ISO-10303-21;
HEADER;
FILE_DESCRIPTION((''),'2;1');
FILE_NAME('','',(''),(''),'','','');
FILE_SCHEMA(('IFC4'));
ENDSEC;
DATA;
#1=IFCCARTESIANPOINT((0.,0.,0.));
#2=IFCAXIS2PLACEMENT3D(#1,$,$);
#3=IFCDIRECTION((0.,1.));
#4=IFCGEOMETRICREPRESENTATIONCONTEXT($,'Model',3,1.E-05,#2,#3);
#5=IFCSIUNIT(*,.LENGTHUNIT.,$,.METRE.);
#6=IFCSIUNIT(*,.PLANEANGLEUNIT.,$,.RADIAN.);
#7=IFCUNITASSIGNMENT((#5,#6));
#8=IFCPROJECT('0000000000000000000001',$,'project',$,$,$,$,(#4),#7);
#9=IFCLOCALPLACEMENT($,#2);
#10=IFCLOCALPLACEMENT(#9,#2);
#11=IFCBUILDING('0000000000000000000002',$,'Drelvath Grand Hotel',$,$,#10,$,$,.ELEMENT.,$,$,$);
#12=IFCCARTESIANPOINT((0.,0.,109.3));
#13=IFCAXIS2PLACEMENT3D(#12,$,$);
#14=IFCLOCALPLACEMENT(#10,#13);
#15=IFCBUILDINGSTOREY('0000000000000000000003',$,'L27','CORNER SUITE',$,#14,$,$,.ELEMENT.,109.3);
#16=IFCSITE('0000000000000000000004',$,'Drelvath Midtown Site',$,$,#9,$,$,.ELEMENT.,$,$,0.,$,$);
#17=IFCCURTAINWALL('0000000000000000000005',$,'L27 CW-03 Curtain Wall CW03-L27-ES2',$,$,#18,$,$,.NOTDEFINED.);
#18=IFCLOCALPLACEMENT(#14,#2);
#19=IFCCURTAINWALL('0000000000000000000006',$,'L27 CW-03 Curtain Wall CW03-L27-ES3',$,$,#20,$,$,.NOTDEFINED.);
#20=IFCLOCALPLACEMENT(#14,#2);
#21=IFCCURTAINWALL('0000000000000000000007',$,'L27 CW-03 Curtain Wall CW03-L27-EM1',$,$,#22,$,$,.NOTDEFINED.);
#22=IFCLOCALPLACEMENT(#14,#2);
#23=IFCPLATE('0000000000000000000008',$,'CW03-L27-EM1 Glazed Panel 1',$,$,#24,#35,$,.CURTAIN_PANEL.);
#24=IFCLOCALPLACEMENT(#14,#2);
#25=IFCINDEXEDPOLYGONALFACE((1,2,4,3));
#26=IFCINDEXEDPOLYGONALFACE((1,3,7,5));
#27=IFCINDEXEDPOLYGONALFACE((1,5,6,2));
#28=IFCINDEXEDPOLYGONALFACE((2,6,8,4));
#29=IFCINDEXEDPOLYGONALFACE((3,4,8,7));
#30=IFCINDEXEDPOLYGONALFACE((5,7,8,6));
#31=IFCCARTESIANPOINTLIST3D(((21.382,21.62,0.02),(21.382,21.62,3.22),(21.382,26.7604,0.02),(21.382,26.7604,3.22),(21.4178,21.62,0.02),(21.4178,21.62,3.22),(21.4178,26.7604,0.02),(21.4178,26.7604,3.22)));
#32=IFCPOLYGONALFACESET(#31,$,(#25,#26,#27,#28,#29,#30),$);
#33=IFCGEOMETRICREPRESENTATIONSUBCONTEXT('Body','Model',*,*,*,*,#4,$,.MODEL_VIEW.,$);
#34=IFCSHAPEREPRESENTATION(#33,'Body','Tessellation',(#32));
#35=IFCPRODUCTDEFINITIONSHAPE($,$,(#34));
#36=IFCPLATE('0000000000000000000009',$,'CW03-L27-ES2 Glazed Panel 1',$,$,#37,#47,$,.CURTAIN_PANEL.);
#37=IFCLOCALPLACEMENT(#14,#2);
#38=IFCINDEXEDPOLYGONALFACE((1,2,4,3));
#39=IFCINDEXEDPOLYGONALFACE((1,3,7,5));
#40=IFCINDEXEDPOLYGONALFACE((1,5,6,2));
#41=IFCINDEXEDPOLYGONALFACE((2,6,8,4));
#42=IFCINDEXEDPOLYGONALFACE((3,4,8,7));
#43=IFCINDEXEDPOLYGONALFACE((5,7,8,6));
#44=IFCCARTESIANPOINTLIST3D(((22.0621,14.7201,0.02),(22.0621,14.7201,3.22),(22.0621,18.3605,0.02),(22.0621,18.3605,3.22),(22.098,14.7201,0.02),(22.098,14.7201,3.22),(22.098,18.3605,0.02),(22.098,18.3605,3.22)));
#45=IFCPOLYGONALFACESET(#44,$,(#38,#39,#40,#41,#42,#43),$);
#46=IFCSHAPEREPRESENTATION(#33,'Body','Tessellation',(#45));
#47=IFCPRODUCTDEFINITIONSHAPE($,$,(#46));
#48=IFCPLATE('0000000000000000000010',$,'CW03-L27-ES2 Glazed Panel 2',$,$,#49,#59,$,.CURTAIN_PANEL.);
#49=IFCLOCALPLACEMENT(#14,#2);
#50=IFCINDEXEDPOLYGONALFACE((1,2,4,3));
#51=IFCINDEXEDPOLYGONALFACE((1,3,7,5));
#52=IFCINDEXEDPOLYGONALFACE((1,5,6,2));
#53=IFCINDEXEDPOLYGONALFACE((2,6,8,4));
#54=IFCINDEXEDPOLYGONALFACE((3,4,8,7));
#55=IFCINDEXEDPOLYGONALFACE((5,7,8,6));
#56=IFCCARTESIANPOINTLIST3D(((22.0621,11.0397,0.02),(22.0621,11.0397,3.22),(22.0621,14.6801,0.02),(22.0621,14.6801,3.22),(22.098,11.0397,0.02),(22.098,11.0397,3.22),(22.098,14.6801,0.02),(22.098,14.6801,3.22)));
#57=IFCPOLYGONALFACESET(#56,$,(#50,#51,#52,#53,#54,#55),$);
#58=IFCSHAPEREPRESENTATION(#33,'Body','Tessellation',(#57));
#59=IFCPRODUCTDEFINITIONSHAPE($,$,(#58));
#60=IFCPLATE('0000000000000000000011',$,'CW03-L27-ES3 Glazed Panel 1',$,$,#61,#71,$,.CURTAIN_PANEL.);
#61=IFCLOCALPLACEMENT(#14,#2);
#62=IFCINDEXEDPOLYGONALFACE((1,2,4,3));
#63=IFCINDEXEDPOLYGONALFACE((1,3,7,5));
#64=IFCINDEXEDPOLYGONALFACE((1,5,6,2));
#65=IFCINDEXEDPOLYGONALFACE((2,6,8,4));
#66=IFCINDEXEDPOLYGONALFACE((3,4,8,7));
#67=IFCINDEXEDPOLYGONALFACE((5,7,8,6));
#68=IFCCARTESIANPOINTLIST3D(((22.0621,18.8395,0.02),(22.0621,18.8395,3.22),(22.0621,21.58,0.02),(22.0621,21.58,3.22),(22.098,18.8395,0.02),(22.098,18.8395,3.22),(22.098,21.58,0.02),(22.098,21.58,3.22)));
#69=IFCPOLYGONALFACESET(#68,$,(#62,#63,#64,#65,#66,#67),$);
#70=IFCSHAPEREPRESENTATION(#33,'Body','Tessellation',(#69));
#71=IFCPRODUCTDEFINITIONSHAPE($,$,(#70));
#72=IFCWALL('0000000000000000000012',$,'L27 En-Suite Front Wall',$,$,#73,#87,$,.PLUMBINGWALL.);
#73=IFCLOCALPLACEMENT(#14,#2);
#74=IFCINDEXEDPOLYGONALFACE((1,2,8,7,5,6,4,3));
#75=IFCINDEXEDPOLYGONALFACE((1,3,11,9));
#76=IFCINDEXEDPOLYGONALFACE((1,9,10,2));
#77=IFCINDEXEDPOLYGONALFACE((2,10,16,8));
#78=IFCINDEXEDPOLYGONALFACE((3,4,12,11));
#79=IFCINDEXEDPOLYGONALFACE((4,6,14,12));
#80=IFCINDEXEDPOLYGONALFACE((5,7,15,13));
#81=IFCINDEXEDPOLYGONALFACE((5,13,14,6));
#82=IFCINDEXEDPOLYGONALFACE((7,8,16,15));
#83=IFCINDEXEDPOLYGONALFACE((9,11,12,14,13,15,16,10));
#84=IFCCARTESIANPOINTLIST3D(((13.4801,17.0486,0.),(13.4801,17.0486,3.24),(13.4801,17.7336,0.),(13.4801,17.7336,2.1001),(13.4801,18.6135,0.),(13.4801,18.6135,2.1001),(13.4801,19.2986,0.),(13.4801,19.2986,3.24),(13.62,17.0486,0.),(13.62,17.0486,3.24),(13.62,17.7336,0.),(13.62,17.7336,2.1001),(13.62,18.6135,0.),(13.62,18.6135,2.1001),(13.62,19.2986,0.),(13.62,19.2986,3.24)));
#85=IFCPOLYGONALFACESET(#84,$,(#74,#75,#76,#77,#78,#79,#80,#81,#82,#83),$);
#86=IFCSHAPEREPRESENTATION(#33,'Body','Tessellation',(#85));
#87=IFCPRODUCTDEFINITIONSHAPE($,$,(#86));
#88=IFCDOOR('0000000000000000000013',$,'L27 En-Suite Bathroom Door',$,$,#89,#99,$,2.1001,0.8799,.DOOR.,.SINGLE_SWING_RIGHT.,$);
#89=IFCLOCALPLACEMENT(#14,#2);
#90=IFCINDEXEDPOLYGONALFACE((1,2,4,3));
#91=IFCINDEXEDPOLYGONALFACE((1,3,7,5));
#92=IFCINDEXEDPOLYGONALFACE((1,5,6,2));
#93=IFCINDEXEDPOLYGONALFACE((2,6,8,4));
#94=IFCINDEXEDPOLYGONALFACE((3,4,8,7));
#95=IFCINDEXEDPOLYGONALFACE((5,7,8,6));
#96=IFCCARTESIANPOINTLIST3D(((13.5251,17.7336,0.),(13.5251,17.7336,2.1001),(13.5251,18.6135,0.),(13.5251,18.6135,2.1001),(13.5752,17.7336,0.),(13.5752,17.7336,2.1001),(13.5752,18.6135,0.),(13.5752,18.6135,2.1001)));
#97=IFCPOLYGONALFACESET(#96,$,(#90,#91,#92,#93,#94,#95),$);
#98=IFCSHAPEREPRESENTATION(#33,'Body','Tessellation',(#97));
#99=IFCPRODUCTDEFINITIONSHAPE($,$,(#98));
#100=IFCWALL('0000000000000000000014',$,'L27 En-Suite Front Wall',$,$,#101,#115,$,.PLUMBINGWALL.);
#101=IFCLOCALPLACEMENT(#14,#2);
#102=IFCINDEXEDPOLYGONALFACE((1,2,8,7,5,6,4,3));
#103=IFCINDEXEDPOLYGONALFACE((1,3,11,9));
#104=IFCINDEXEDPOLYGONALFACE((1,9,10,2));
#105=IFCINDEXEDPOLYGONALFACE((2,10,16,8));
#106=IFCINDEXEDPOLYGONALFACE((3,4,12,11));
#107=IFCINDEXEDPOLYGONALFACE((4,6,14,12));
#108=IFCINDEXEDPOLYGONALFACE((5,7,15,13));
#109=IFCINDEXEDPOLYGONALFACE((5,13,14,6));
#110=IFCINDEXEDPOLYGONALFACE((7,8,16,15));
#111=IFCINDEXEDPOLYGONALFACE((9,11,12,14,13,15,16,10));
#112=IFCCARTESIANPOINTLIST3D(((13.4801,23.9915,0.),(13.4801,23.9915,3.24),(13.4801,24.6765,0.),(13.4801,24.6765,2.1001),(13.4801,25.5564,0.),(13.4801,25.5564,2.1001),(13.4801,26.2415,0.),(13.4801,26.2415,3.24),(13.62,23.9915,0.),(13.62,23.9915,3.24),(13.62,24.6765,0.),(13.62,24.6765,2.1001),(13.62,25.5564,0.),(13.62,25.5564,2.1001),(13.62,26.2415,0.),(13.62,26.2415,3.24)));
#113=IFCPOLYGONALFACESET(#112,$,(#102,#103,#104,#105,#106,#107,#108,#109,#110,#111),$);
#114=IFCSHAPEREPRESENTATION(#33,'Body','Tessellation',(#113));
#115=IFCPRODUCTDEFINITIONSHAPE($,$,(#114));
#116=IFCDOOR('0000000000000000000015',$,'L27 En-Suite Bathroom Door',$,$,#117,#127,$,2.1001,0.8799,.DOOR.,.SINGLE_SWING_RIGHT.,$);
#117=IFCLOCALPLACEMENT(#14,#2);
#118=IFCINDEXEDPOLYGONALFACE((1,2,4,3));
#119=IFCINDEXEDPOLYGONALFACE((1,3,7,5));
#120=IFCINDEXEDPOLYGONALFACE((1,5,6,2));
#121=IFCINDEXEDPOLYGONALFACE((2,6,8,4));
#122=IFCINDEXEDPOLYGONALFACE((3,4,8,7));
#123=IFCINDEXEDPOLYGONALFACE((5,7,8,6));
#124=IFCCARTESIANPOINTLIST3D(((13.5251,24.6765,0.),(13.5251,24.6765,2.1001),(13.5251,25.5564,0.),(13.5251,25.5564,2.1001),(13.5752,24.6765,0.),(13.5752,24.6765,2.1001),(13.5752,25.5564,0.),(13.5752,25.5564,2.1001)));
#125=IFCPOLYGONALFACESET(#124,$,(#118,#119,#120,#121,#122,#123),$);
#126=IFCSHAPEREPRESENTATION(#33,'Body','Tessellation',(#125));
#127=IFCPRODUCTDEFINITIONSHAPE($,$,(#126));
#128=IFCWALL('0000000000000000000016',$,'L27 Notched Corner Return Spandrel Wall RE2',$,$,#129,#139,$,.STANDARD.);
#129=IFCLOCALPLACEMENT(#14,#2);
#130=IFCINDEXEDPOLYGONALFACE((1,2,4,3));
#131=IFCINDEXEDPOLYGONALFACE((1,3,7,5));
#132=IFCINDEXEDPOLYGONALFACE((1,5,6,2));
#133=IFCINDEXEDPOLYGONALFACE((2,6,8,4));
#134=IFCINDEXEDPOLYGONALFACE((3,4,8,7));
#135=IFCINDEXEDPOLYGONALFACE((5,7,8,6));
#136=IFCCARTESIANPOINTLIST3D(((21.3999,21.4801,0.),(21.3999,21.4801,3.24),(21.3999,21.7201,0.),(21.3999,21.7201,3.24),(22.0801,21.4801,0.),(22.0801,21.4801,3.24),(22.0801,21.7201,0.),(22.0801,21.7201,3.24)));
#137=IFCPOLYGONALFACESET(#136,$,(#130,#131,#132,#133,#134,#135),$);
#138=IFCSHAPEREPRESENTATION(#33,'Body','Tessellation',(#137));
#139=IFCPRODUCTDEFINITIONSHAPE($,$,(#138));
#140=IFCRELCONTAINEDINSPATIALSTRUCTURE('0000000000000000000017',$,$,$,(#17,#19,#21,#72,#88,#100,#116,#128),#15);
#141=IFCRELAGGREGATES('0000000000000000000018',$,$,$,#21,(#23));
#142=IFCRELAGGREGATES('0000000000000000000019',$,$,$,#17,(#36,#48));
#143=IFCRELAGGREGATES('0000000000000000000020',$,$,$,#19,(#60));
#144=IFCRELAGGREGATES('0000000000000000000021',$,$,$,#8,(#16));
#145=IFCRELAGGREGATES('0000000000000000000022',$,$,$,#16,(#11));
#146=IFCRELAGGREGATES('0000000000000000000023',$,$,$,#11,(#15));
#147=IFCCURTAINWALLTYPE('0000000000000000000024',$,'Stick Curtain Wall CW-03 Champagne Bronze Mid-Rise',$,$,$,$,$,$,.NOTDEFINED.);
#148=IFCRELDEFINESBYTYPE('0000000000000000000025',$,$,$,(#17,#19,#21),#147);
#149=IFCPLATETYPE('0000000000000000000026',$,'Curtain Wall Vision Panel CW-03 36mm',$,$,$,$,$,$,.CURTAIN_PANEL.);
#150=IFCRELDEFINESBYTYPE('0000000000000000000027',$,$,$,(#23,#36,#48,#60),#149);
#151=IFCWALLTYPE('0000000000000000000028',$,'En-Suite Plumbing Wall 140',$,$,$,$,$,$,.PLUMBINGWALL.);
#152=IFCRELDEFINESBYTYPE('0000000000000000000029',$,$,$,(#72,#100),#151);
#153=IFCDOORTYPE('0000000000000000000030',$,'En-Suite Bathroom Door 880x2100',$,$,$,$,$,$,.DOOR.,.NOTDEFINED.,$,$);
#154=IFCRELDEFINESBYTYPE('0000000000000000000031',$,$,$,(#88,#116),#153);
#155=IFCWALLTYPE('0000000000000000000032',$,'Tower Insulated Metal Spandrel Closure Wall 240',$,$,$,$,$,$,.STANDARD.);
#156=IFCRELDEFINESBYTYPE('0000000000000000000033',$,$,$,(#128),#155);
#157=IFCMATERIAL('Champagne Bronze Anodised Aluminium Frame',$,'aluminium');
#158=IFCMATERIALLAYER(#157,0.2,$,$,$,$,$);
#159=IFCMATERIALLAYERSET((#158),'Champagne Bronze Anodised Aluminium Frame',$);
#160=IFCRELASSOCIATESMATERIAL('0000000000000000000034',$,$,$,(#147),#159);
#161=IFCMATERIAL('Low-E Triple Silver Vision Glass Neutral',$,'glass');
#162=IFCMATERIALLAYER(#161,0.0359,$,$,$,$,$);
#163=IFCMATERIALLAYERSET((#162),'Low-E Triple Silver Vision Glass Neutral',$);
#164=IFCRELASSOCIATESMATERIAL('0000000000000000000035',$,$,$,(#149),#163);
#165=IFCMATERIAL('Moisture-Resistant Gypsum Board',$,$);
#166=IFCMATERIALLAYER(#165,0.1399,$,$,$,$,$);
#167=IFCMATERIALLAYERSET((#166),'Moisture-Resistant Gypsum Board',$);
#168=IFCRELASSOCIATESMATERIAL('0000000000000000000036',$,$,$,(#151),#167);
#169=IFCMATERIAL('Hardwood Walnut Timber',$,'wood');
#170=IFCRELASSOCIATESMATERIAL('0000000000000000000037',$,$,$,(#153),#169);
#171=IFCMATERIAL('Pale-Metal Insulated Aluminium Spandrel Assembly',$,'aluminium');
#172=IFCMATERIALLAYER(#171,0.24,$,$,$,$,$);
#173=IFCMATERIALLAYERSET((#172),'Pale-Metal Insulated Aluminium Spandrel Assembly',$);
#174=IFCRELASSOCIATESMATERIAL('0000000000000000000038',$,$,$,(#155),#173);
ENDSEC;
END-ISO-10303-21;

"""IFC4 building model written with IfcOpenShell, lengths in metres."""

from ifc_helpers import new_model, si_unit, direction, frame, frame_2d, origin, origin_2d, place, context, subcontext, project, spatial, rectangle, extrude, material, layer, layer_set, type_object, element, fill, aggregate, save


model = new_model("IFC4")

# Units and contexts
model_context = context("Model", 3, precision=1e-05, world=origin(), true_north=direction((0.0, 1.0)))
body_context = subcontext(model_context, "Body", "Model", "MODEL_VIEW")
ifc_project = project(units=[si_unit("LENGTHUNIT", "METRE"), si_unit("PLANEANGLEUNIT", "RADIAN")], contexts=[model_context])

# Site, building, storey
site_placement = place(None, origin())
site = spatial("IfcSite", under=ifc_project, at=site_placement, Name="Drelvath Midtown Site", CompositionType="ELEMENT", RefElevation=0.0)
building_placement = place(site_placement, origin())
building = spatial("IfcBuilding", under=site, at=building_placement, Name="Drelvath Grand Hotel", CompositionType="ELEMENT")
storey_placement = place(building_placement, frame((0.0, 0.0, 109.3)))
storey = spatial("IfcBuildingStorey", under=building, at=storey_placement, Name="L27", Description="CORNER SUITE", CompositionType="ELEMENT", Elevation=109.3)

# Curtain walls
ifc_material_1 = material(Name="Champagne Bronze Anodised Aluminium Frame", Category="aluminium")
ifc_layer_1 = layer(ifc_material_1, 0.2)
ifc_layer_set_1 = layer_set([ifc_layer_1], Name="Champagne Bronze Anodised Aluminium Frame")
curtain_wall_type = type_object("IfcCurtainWallType", Name="Stick Curtain Wall CW-03 Champagne Bronze Mid-Rise", PredefinedType="NOTDEFINED", material=ifc_layer_set_1)
curtain_wall_1_placement = place(storey_placement, origin())
curtain_wall_1 = element("IfcCurtainWall", 1, at=curtain_wall_1_placement, inside=storey, type_object=curtain_wall_type, Name="L27 CW-03 Curtain Wall CW03-L27-ES2", PredefinedType="NOTDEFINED")
curtain_wall_2_placement = place(storey_placement, origin())
curtain_wall_2 = element("IfcCurtainWall", 2, at=curtain_wall_2_placement, inside=storey, type_object=curtain_wall_type, Name="L27 CW-03 Curtain Wall CW03-L27-ES3", PredefinedType="NOTDEFINED")
curtain_wall_3_placement = place(storey_placement, origin())
curtain_wall_3 = element("IfcCurtainWall", 3, at=curtain_wall_3_placement, inside=storey, type_object=curtain_wall_type, Name="L27 CW-03 Curtain Wall CW03-L27-EM1", PredefinedType="NOTDEFINED")

# Plates
ifc_material_2 = material(Name="Low-E Triple Silver Vision Glass Neutral", Category="glass")
ifc_layer_2 = layer(ifc_material_2, 0.0359)
ifc_layer_set_2 = layer_set([ifc_layer_2], Name="Low-E Triple Silver Vision Glass Neutral")
plate_type = type_object("IfcPlateType", Name="Curtain Wall Vision Panel CW-03 36mm", PredefinedType="CURTAIN_PANEL", material=ifc_layer_set_2)
plate_1_placement = place(storey_placement, frame((21.3999, 24.1902, 0.02), z_axis=(0.0, 0.0, 1.0), x_axis=(0.0, -1.0, 0.0)))
plate_1 = element("IfcPlate", 4, at=plate_1_placement, type_object=plate_type, Name="CW03-L27-EM1 Glazed Panel 1", PredefinedType="CURTAIN_PANEL", context=body_context, shape_type="SweptSolid", body=[
    extrude(rectangle(XDim=5.1404, YDim=0.0359, at=origin_2d()), origin(), (0.0, 0.0, 1.0), 3.2),
])
aggregate(curtain_wall_3, [plate_1])
plate_2_placement = place(storey_placement, frame((22.0801, 16.5403, 0.02), z_axis=(0.0, 0.0, 1.0), x_axis=(0.0, -1.0, 0.0)))
plate_2 = element("IfcPlate", 5, at=plate_2_placement, type_object=plate_type, Name="CW03-L27-ES2 Glazed Panel 1", PredefinedType="CURTAIN_PANEL", context=body_context, shape_type="SweptSolid", body=[
    extrude(rectangle(XDim=3.6404, YDim=0.0359, at=origin_2d()), origin(), (0.0, 0.0, 1.0), 3.2),
])
plate_3_placement = place(storey_placement, frame((22.0801, 12.8599, 0.02), z_axis=(0.0, 0.0, 1.0), x_axis=(0.0, -1.0, 0.0)))
plate_3 = element("IfcPlate", 6, at=plate_3_placement, type_object=plate_type, Name="CW03-L27-ES2 Glazed Panel 2", PredefinedType="CURTAIN_PANEL", context=body_context, shape_type="SweptSolid", body=[
    extrude(rectangle(XDim=3.6404, YDim=0.0359, at=origin_2d()), origin(), (0.0, 0.0, 1.0), 3.2),
])
aggregate(curtain_wall_1, [plate_2, plate_3])
plate_4_placement = place(storey_placement, frame((22.0801, 20.2097, 0.02), z_axis=(0.0, 0.0, 1.0), x_axis=(0.0, -1.0, 0.0)))
plate_4 = element("IfcPlate", 7, at=plate_4_placement, type_object=plate_type, Name="CW03-L27-ES3 Glazed Panel 1", PredefinedType="CURTAIN_PANEL", context=body_context, shape_type="SweptSolid", body=[
    extrude(rectangle(XDim=2.7405, YDim=0.0359, at=origin_2d()), origin(), (0.0, 0.0, 1.0), 3.2),
])
aggregate(curtain_wall_2, [plate_4])

# Walls, openings, doors
ifc_material_3 = material(Name="Moisture-Resistant Gypsum Board")
ifc_layer_3 = layer(ifc_material_3, 0.1399)
ifc_layer_set_3 = layer_set([ifc_layer_3], Name="Moisture-Resistant Gypsum Board")
wall_type_1 = type_object("IfcWallType", Name="En-Suite Plumbing Wall 140", PredefinedType="PLUMBINGWALL", material=ifc_layer_set_3)
wall_1_placement = place(storey_placement, frame((13.55, 17.0486, 0.0), z_axis=(0.0, 0.0, 1.0), x_axis=(0.0, 1.0, 0.0)))
wall_1 = element("IfcWall", 8, at=wall_1_placement, inside=storey, type_object=wall_type_1, Name="L27 En-Suite Front Wall", PredefinedType="PLUMBINGWALL", context=body_context, shape_type="SweptSolid", body=[
    extrude(rectangle(XDim=2.25, YDim=0.1399, at=frame_2d((1.125, 0.0))), origin(), (0.0, 0.0, 1.0), 3.24),
])
opening_1_placement = place(wall_1_placement, frame((0.6851, 0.0, 0.0)))
opening_1 = element("IfcOpeningElement", 9, at=opening_1_placement, cuts=wall_1, PredefinedType="OPENING", context=body_context, shape_type="SweptSolid", body=[
    extrude(rectangle(XDim=0.8799, YDim=2.1001, at=frame_2d((0.4399, 1.05))), frame((0.0, 0.0798, 0.0), z_axis=(0.0, -1.0, 0.0), x_axis=(1.0, 0.0, 0.0)), (0.0, 0.0, 1.0), 0.1599),
])
ifc_material_4 = material(Name="Hardwood Walnut Timber", Category="wood")
door_type = type_object("IfcDoorType", Name="En-Suite Bathroom Door 880x2100", OperationType="NOTDEFINED", PredefinedType="DOOR", material=ifc_material_4)
door_1_placement = place(opening_1_placement, origin())
door_1 = element("IfcDoor", 10, at=door_1_placement, inside=storey, type_object=door_type, Name="L27 En-Suite Bathroom Door", OperationType="SINGLE_SWING_RIGHT", OverallHeight=2.1001, OverallWidth=0.8799, PredefinedType="DOOR", context=body_context, shape_type="SweptSolid", body=[
    extrude(rectangle(XDim=0.8799, YDim=2.1001, at=frame_2d((0.4399, 1.05))), frame((0.0, 0.0249, 0.0), z_axis=(0.0, -1.0, 0.0), x_axis=(1.0, 0.0, 0.0)), (0.0, 0.0, 1.0), 0.05),
])
fill(opening_1, door_1)
wall_2_placement = place(storey_placement, frame((13.55, 23.9915, 0.0), z_axis=(0.0, 0.0, 1.0), x_axis=(0.0, 1.0, 0.0)))
wall_2 = element("IfcWall", 11, at=wall_2_placement, inside=storey, type_object=wall_type_1, Name="L27 En-Suite Front Wall", PredefinedType="PLUMBINGWALL", context=body_context, shape_type="SweptSolid", body=[
    extrude(rectangle(XDim=2.25, YDim=0.1399, at=frame_2d((1.125, 0.0))), origin(), (0.0, 0.0, 1.0), 3.24),
])
opening_2_placement = place(wall_2_placement, frame((0.6851, 0.0, 0.0)))
opening_2 = element("IfcOpeningElement", 12, at=opening_2_placement, cuts=wall_2, PredefinedType="OPENING", context=body_context, shape_type="SweptSolid", body=[
    extrude(rectangle(XDim=0.8799, YDim=2.1001, at=frame_2d((0.4399, 1.05))), frame((0.0, 0.0798, 0.0), z_axis=(0.0, -1.0, 0.0), x_axis=(1.0, 0.0, 0.0)), (0.0, 0.0, 1.0), 0.1599),
])
door_2_placement = place(opening_2_placement, origin())
door_2 = element("IfcDoor", 13, at=door_2_placement, inside=storey, type_object=door_type, Name="L27 En-Suite Bathroom Door", OperationType="SINGLE_SWING_RIGHT", OverallHeight=2.1001, OverallWidth=0.8799, PredefinedType="DOOR", context=body_context, shape_type="SweptSolid", body=[
    extrude(rectangle(XDim=0.8799, YDim=2.1001, at=frame_2d((0.4399, 1.05))), frame((0.0, 0.0249, 0.0), z_axis=(0.0, -1.0, 0.0), x_axis=(1.0, 0.0, 0.0)), (0.0, 0.0, 1.0), 0.05),
])
fill(opening_2, door_2)

# Wall
ifc_material_5 = material(Name="Pale-Metal Insulated Aluminium Spandrel Assembly", Category="aluminium")
ifc_layer_4 = layer(ifc_material_5, 0.24)
ifc_layer_set_4 = layer_set([ifc_layer_4], Name="Pale-Metal Insulated Aluminium Spandrel Assembly")
wall_type_2 = type_object("IfcWallType", Name="Tower Insulated Metal Spandrel Closure Wall 240", PredefinedType="STANDARD", material=ifc_layer_set_4)
wall_3_placement = place(storey_placement, frame((21.3999, 21.6001, 0.0), z_axis=(0.0, 0.0, 1.0), x_axis=(1.0, 0.0, 0.0)))
element("IfcWall", 14, at=wall_3_placement, inside=storey, type_object=wall_type_2, Name="L27 Notched Corner Return Spandrel Wall RE2", PredefinedType="STANDARD", context=body_context, shape_type="SweptSolid", body=[
    extrude(rectangle(XDim=0.6802, YDim=0.24, at=frame_2d((0.3401, 0.0))), origin(), (0.0, 0.0, 1.0), 3.24),
])

save(model, "model.ifc")
